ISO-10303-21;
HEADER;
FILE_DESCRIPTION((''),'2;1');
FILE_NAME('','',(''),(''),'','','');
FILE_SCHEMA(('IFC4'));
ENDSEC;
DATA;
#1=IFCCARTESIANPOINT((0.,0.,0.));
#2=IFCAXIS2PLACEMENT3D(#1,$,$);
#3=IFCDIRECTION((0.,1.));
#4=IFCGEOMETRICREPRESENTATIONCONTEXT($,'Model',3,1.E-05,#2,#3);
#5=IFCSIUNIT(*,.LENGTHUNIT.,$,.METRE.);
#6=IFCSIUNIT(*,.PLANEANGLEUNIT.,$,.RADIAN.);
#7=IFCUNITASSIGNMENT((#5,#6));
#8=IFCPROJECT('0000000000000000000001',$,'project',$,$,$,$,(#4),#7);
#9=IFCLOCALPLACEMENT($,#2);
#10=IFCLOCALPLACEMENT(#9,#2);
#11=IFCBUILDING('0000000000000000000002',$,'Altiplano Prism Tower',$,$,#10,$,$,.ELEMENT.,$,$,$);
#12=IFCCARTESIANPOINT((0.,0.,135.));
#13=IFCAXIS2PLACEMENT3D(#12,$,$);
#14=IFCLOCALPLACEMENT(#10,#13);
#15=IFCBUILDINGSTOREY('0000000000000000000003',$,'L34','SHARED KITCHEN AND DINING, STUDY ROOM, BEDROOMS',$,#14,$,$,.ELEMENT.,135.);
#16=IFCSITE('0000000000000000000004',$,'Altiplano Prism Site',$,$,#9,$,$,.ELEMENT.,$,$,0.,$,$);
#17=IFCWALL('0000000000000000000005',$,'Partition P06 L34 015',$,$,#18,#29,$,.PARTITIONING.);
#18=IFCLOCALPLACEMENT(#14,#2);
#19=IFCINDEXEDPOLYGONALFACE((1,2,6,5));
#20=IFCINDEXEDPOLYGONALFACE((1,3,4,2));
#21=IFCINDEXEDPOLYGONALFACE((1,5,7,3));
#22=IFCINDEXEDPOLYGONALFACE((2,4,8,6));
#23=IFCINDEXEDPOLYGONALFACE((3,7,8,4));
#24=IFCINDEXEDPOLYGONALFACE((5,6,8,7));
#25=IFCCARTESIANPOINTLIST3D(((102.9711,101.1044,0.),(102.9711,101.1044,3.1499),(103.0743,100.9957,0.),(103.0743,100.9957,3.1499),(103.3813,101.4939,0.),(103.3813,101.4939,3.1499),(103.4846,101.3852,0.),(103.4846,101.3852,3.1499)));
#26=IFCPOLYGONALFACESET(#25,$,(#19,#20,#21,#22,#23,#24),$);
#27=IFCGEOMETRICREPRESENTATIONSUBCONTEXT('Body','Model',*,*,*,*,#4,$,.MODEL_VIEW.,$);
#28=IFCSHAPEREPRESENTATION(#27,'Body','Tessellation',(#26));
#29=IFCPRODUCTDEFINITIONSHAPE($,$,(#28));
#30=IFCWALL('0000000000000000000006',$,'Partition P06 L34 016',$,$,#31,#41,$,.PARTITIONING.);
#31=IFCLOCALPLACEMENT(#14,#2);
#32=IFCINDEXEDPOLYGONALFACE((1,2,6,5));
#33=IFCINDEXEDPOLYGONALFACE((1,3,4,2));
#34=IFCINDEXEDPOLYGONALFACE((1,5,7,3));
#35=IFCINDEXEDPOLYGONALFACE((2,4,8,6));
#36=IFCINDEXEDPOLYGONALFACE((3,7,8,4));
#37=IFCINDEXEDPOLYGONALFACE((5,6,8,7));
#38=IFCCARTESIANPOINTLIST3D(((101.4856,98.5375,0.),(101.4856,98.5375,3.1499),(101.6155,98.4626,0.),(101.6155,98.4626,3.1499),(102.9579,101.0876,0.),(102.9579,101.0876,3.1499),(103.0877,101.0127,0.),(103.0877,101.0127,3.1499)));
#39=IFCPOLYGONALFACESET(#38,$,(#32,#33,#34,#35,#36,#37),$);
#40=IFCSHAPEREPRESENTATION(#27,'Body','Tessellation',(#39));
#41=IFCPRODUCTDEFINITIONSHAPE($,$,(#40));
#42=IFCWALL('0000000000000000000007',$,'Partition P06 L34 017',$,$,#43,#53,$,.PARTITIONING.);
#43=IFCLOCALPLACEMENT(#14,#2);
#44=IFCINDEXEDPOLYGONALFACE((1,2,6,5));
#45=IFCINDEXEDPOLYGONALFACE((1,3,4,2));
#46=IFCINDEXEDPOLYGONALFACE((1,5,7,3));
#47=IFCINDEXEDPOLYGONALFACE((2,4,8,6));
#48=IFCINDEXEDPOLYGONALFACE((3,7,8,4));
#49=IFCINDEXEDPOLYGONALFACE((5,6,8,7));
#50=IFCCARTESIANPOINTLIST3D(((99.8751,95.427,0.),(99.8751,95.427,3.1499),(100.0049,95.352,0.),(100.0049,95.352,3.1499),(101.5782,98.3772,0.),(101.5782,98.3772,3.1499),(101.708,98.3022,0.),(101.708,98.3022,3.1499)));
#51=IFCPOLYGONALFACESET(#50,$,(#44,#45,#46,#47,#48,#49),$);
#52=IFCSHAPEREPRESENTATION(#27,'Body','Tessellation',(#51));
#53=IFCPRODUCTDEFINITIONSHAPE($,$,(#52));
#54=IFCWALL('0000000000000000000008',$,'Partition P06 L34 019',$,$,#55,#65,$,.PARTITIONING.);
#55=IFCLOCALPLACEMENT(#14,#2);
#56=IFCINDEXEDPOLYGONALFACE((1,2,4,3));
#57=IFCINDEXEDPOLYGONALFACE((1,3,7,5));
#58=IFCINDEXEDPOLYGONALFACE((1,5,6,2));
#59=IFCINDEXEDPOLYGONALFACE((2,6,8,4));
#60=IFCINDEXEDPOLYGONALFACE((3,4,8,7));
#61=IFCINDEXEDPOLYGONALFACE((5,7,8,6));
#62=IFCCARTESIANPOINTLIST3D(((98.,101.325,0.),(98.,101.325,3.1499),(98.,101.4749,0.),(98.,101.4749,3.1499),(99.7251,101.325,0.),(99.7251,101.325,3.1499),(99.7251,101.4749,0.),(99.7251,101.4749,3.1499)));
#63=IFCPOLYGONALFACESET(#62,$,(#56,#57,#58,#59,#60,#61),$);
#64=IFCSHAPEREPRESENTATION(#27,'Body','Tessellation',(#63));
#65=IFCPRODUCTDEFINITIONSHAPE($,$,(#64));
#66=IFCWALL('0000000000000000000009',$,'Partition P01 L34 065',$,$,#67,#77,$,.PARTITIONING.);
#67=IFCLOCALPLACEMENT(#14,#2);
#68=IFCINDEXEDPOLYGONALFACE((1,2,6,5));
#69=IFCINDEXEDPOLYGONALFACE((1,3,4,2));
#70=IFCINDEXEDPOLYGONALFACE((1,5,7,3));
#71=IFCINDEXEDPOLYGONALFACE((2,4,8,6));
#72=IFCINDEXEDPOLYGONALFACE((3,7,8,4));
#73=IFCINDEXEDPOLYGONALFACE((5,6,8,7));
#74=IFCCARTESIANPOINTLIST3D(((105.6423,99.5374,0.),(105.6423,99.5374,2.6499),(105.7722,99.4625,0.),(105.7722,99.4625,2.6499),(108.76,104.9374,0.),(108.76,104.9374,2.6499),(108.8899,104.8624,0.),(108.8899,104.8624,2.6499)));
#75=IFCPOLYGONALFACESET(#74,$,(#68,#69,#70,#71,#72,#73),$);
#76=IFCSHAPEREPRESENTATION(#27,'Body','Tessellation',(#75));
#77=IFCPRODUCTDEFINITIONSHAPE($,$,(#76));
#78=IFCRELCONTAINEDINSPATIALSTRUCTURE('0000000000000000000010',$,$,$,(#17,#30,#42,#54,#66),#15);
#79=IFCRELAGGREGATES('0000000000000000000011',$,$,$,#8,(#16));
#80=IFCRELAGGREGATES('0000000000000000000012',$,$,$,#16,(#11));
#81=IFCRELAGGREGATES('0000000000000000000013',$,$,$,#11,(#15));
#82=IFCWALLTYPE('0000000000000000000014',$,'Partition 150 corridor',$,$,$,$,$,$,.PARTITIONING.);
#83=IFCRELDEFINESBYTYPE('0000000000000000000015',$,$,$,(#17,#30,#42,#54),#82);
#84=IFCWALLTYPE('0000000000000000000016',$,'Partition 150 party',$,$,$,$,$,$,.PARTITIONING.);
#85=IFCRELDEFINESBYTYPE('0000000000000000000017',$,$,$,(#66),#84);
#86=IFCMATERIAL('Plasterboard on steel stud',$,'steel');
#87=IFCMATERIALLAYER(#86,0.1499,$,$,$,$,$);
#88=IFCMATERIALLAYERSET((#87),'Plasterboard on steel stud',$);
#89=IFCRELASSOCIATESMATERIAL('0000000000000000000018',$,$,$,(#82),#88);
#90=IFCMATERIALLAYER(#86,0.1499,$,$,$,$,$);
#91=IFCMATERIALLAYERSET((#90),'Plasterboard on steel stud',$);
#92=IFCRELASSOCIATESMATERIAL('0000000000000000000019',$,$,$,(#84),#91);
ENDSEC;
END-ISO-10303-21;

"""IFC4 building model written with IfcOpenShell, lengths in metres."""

from ifc_helpers import new_model, si_unit, direction, frame, frame_2d, origin, place, context, subcontext, project, spatial, rectangle, extrude, material, layer, layer_set, type_object, element, save


model = new_model("IFC4")

# Units and contexts
model_context = context("Model", 3, precision=1e-05, world=origin(), true_north=direction((0.0, 1.0)))
body_context = subcontext(model_context, "Body", "Model", "MODEL_VIEW")
ifc_project = project(units=[si_unit("LENGTHUNIT", "METRE"), si_unit("PLANEANGLEUNIT", "RADIAN")], contexts=[model_context])

# Site, building, storey
site_placement = place(None, origin())
site = spatial("IfcSite", under=ifc_project, at=site_placement, Name="Altiplano Prism Site", CompositionType="ELEMENT", RefElevation=0.0)
building_placement = place(site_placement, origin())
building = spatial("IfcBuilding", under=site, at=building_placement, Name="Altiplano Prism Tower", CompositionType="ELEMENT")
storey_placement = place(building_placement, frame((0.0, 0.0, 135.0)))
storey = spatial("IfcBuildingStorey", under=building, at=storey_placement, Name="L34", Description="SHARED KITCHEN AND DINING, STUDY ROOM, BEDROOMS", CompositionType="ELEMENT", Elevation=135.0)

# Walls
ifc_material_1 = material(Name="Plasterboard on steel stud", Category="steel")
ifc_layer_1 = layer(ifc_material_1, 0.1499)
ifc_layer_set_1 = layer_set([ifc_layer_1], Name="Plasterboard on steel stud")
wall_type_1 = type_object("IfcWallType", Name="Partition 150 corridor", PredefinedType="PARTITIONING", material=ifc_layer_set_1)
wall_1_placement = place(storey_placement, frame((103.4329, 101.4395, 0.0), z_axis=(0.0, 0.0, 1.0), x_axis=(-0.725215, -0.688523, 0.0)))
element("IfcWall", 1, at=wall_1_placement, inside=storey, type_object=wall_type_1, Name="Partition P06 L34 015", PredefinedType="PARTITIONING", context=body_context, shape_type="SweptSolid", body=[
    extrude(rectangle(XDim=0.5657, YDim=0.1499, at=frame_2d((0.2827, 0.0))), origin(), (0.0, 0.0, 1.0), 3.1499),
])
wall_2_placement = place(storey_placement, frame((103.0227, 101.05, 0.0), z_axis=(0.0, 0.0, 1.0), x_axis=(-0.499974, -0.866041, 0.0)))
element("IfcWall", 2, at=wall_2_placement, inside=storey, type_object=wall_type_1, Name="Partition P06 L34 016", PredefinedType="PARTITIONING", context=body_context, shape_type="SweptSolid", body=[
    extrude(rectangle(XDim=2.9446, YDim=0.1499, at=frame_2d((1.4722, 0.0))), origin(), (0.0, 0.0, 1.0), 3.1499),
])
wall_3_placement = place(storey_placement, frame((101.6431, 98.3396, 0.0), z_axis=(0.0, 0.0, 1.0), x_axis=(-0.499962, -0.866047, 0.0)))
element("IfcWall", 3, at=wall_3_placement, inside=storey, type_object=wall_type_1, Name="Partition P06 L34 017", PredefinedType="PARTITIONING", context=body_context, shape_type="SweptSolid", body=[
    extrude(rectangle(XDim=3.4065, YDim=0.1499, at=frame_2d((1.7031, 0.0))), origin(), (0.0, 0.0, 1.0), 3.1499),
])
wall_4_placement = place(storey_placement, frame((99.7251, 101.3999, 0.0), z_axis=(0.0, 0.0, 1.0), x_axis=(-1.0, 0.0, 0.0)))
element("IfcWall", 4, at=wall_4_placement, inside=storey, type_object=wall_type_1, Name="Partition P06 L34 019", PredefinedType="PARTITIONING", context=body_context, shape_type="SweptSolid", body=[
    extrude(rectangle(XDim=1.7251, YDim=0.1499, at=frame_2d((0.8625, 0.0))), origin(), (0.0, 0.0, 1.0), 3.1499),
])
ifc_layer_2 = layer(ifc_material_1, 0.1499)
ifc_layer_set_2 = layer_set([ifc_layer_2], Name="Plasterboard on steel stud")
wall_type_2 = type_object("IfcWallType", Name="Partition 150 party", PredefinedType="PARTITIONING", material=ifc_layer_set_2)
wall_5_placement = place(storey_placement, frame((108.825, 104.8999, 0.0), z_axis=(0.0, 0.0, 1.0), x_axis=(-0.500005, -0.866023, 0.0)))
element("IfcWall", 5, at=wall_5_placement, inside=storey, type_object=wall_type_2, Name="Partition P01 L34 065", PredefinedType="PARTITIONING", context=body_context, shape_type="SweptSolid", body=[
    extrude(rectangle(XDim=6.2354, YDim=0.1499, at=frame_2d((3.1177, 0.0))), origin(), (0.0, 0.0, 1.0), 2.6499),
])

save(model, "model.ifc")
